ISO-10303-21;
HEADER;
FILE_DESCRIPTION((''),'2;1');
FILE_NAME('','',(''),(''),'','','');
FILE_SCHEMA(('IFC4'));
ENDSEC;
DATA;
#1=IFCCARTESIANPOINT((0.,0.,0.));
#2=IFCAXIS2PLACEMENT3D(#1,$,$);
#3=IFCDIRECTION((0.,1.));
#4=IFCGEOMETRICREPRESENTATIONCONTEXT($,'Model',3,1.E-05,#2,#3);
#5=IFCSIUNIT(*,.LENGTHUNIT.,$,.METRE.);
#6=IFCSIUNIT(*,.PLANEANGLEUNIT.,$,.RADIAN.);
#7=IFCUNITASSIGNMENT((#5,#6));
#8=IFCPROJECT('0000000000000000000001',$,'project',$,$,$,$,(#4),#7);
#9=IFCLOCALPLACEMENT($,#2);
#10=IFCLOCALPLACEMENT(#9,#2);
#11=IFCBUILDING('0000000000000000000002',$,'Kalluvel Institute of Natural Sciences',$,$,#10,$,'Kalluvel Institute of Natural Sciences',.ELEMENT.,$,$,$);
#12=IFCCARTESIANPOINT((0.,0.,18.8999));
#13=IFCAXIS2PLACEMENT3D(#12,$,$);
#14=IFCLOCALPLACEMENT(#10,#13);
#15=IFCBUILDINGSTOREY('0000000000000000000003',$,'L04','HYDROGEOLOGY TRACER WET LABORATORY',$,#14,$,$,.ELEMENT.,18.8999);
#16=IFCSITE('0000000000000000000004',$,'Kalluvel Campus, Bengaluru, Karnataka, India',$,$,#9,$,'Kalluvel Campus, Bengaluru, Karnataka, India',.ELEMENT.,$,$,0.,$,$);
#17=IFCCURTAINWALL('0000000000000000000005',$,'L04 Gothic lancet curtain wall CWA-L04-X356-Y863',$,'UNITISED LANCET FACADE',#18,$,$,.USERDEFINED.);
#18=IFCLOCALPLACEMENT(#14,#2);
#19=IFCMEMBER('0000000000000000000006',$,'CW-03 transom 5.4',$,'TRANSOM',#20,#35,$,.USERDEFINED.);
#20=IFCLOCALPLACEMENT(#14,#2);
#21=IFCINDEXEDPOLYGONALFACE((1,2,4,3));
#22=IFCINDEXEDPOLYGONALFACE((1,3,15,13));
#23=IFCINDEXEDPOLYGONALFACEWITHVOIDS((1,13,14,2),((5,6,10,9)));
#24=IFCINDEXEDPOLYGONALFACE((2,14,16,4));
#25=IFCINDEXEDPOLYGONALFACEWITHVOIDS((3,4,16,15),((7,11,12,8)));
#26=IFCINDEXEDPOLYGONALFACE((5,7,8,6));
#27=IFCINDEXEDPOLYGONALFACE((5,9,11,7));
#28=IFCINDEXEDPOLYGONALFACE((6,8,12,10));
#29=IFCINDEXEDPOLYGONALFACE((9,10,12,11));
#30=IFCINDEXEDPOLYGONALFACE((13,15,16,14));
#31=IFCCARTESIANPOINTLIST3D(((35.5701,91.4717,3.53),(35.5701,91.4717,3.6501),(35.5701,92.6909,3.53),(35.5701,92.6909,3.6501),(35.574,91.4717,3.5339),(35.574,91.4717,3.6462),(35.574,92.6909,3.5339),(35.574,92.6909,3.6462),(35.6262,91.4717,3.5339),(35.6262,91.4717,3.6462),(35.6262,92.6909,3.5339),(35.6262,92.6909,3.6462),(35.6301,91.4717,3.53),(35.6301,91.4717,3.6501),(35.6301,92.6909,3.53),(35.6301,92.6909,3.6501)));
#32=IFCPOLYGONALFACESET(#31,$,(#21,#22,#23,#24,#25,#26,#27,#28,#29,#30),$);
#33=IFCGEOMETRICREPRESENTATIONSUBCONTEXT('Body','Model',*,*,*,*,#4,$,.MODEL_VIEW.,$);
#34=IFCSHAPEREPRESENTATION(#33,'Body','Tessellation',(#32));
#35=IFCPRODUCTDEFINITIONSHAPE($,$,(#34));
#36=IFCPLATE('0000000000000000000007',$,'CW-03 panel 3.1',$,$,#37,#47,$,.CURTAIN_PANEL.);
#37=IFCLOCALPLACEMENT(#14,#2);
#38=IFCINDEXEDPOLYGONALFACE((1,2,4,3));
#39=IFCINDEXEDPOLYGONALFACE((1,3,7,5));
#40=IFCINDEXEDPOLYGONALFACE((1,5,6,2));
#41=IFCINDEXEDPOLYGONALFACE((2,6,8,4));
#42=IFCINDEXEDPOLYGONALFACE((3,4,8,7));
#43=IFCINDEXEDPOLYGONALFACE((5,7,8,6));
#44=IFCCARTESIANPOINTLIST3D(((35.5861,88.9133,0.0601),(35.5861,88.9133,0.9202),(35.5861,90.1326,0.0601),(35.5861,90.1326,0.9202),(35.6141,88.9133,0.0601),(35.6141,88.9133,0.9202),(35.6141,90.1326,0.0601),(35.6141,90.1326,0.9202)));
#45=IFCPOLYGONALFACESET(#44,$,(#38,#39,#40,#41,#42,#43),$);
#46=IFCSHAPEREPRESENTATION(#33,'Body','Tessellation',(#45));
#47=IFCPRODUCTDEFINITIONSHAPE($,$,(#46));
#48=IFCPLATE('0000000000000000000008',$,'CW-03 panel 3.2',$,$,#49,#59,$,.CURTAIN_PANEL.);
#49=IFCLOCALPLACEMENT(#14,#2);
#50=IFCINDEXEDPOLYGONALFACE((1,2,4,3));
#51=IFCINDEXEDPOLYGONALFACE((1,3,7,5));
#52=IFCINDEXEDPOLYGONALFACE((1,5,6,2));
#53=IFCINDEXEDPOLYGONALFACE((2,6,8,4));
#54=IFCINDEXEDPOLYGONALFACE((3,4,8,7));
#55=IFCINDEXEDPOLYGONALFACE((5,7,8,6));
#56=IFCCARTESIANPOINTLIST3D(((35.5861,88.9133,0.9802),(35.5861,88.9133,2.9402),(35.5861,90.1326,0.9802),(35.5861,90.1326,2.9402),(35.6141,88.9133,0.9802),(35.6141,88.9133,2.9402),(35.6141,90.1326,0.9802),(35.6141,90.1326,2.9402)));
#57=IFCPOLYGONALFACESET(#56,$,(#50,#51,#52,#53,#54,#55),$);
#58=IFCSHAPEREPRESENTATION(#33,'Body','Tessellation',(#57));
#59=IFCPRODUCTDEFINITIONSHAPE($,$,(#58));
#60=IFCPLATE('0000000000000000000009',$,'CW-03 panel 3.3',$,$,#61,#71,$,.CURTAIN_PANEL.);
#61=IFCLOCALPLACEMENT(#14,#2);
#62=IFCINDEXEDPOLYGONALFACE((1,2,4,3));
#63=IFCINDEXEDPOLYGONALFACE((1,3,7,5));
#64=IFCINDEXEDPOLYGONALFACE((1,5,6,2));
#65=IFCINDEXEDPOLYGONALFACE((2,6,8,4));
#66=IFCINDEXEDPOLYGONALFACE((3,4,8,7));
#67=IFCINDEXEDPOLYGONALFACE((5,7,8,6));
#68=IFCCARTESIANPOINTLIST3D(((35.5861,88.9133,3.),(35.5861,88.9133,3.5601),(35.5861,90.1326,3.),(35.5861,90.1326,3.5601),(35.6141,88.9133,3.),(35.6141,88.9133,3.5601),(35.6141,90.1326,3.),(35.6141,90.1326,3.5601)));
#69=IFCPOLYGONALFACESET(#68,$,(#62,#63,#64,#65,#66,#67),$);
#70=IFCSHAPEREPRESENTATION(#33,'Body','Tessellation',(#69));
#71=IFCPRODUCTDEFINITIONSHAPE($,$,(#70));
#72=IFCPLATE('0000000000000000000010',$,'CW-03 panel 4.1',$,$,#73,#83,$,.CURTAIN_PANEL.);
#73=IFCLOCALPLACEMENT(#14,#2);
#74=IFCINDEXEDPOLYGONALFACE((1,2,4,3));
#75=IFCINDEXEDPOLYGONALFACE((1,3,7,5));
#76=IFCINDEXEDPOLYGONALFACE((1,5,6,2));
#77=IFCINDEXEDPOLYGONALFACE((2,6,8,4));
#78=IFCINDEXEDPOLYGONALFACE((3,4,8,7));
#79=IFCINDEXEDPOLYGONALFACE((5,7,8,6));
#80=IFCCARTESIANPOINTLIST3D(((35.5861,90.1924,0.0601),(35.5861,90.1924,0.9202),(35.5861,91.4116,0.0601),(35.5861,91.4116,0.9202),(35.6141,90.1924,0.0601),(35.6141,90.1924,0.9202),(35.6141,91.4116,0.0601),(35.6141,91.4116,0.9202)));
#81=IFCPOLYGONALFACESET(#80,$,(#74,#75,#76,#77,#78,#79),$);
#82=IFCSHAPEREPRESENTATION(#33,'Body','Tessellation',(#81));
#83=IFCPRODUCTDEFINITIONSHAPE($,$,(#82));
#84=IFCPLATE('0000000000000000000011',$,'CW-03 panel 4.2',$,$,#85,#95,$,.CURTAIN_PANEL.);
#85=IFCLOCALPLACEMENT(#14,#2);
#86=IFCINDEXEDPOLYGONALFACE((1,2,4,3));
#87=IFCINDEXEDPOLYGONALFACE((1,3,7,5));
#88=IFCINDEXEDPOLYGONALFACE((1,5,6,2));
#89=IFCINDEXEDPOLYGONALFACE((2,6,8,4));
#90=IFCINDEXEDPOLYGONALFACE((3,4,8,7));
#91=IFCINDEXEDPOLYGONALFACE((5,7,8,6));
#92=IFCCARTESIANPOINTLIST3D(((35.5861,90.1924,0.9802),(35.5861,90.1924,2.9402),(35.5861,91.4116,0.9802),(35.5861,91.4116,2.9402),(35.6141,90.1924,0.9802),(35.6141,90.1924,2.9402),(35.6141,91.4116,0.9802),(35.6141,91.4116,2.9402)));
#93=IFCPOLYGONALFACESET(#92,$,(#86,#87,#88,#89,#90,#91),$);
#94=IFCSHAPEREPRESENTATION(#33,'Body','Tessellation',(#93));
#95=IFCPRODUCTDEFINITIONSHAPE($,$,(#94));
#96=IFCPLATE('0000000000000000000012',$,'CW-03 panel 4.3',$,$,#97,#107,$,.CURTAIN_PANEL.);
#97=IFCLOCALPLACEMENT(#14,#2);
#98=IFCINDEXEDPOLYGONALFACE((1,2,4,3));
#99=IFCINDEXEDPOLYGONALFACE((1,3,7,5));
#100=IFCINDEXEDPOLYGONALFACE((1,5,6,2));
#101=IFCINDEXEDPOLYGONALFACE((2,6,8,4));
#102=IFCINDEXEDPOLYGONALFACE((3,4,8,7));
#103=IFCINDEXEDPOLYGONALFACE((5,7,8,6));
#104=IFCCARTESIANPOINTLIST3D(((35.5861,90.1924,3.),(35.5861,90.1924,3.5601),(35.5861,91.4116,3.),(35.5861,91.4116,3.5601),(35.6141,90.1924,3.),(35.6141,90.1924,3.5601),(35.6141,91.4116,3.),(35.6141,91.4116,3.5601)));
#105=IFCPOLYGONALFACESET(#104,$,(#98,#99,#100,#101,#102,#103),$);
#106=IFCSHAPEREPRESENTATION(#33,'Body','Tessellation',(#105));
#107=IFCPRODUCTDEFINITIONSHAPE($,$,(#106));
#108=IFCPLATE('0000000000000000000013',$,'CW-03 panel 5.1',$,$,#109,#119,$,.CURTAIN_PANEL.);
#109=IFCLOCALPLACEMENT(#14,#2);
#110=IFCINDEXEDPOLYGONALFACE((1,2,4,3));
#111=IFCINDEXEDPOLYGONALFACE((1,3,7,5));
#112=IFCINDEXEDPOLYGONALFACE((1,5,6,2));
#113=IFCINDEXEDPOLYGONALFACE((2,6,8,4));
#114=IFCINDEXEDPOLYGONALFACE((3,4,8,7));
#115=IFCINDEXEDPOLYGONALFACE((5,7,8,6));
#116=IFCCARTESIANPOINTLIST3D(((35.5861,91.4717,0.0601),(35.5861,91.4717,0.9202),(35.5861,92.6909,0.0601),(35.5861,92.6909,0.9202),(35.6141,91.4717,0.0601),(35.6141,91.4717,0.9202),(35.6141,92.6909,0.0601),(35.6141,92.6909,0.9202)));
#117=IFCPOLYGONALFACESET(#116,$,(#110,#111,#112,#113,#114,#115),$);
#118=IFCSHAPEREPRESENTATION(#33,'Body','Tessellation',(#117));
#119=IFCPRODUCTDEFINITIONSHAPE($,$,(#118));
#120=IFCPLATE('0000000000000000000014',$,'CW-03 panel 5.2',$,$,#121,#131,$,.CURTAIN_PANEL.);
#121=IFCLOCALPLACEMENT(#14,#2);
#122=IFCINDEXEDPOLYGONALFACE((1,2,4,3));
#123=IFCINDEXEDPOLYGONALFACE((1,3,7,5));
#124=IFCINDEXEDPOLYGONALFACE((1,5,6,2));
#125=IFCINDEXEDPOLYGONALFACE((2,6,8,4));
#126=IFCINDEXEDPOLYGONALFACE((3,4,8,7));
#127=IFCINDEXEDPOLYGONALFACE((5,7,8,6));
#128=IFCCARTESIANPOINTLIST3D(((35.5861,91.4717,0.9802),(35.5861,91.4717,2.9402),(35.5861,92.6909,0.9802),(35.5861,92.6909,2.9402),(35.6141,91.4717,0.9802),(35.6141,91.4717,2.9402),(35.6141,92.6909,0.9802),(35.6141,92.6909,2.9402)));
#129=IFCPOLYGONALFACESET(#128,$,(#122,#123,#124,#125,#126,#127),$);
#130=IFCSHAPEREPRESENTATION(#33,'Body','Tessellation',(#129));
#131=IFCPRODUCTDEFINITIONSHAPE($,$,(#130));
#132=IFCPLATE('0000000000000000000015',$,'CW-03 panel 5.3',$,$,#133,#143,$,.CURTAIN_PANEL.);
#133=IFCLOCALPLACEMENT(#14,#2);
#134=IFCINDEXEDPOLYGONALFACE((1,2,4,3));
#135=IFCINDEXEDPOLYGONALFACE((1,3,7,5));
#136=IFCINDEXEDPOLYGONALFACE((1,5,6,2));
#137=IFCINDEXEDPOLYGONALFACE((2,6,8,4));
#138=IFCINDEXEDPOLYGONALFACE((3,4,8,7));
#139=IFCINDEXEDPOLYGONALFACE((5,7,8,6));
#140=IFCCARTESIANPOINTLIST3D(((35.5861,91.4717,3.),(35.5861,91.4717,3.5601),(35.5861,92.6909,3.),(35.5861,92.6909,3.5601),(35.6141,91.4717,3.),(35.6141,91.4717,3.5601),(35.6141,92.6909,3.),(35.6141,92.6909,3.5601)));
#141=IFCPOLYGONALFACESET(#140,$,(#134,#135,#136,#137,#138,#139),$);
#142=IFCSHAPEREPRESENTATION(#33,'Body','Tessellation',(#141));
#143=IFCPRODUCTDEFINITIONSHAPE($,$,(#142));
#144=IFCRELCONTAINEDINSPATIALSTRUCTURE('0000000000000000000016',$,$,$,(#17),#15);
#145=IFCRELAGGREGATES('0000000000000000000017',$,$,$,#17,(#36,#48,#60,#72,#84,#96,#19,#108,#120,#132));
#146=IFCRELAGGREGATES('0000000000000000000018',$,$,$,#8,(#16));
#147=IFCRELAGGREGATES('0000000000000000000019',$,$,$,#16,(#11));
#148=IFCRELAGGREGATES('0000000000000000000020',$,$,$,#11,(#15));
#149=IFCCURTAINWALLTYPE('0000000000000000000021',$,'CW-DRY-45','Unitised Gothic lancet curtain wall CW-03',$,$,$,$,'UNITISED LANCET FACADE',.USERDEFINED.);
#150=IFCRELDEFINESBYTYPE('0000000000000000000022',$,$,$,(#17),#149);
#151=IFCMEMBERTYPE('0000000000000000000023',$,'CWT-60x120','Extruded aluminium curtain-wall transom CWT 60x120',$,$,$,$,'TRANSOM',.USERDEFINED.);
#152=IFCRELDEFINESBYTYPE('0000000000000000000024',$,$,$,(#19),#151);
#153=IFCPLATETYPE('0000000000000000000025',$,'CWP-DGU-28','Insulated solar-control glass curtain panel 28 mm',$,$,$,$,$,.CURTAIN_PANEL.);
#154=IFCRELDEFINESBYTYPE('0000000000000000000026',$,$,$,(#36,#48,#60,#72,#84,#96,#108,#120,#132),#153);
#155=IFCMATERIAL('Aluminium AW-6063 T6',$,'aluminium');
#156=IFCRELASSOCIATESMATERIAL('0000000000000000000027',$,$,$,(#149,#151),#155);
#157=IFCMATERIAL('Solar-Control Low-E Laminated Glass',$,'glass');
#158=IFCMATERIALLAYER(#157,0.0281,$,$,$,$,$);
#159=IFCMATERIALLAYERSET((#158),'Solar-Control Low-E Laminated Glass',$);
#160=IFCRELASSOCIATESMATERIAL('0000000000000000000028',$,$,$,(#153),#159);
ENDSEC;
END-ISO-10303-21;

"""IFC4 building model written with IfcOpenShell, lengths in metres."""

from ifc_helpers import new_model, si_unit, direction, frame, origin, origin_2d, place, context, subcontext, project, spatial, rectangle, hollow_rectangle, extrude, material, layer, layer_set, material_profile, profile_set, type_object, element, aggregate, save


model = new_model("IFC4")

# Units and contexts
model_context = context("Model", 3, precision=1e-05, world=origin(), true_north=direction((0.0, 1.0)))
body_context = subcontext(model_context, "Body", "Model", "MODEL_VIEW")
ifc_project = project(units=[si_unit("LENGTHUNIT", "METRE"), si_unit("PLANEANGLEUNIT", "RADIAN")], contexts=[model_context])

# Site, building, storey
site_placement = place(None, origin())
site = spatial("IfcSite", under=ifc_project, at=site_placement, Name="Kalluvel Campus, Bengaluru, Karnataka, India", LongName="Kalluvel Campus, Bengaluru, Karnataka, India", CompositionType="ELEMENT", RefElevation=0.0)
building_placement = place(site_placement, origin())
building = spatial("IfcBuilding", under=site, at=building_placement, Name="Kalluvel Institute of Natural Sciences", LongName="Kalluvel Institute of Natural Sciences", CompositionType="ELEMENT")
storey_placement = place(building_placement, frame((0.0, 0.0, 18.8999)))
storey = spatial("IfcBuildingStorey", under=building, at=storey_placement, Name="L04", Description="HYDROGEOLOGY TRACER WET LABORATORY", CompositionType="ELEMENT", Elevation=18.8999)

# Curtain wall, member, plates
ifc_material_1 = material(Name="Aluminium AW-6063 T6", Category="aluminium")
curtain_wall_type = type_object("IfcCurtainWallType", Name="CW-DRY-45", Description="Unitised Gothic lancet curtain wall CW-03", ElementType="UNITISED LANCET FACADE", PredefinedType="USERDEFINED", material=ifc_material_1)
curtain_wall_placement = place(storey_placement, origin())
curtain_wall = element("IfcCurtainWall", 1, at=curtain_wall_placement, inside=storey, type_object=curtain_wall_type, Name="L04 Gothic lancet curtain wall CWA-L04-X356-Y863", ObjectType="UNITISED LANCET FACADE", PredefinedType="USERDEFINED")
ifc_material_profile_1 = material_profile(ifc_material_1, hollow_rectangle(XDim=0.0601, YDim=0.1201, WallThickness=0.0039, at=origin_2d()), Name="CWT 60x120")
ifc_profile_set_1 = profile_set([ifc_material_profile_1], Name="Aluminium AW-6063 T6")
member_type_1 = type_object("IfcMemberType", Name="CWT-60x120", Description="Extruded aluminium curtain-wall transom CWT 60x120", ElementType="TRANSOM", PredefinedType="USERDEFINED", material=ifc_profile_set_1)
member_1_placement = place(storey_placement, frame((35.6001, 91.4717, 3.5901), z_axis=(0.0, 1.0, 0.0), x_axis=(-1.0, 0.0, 0.0)))
member_1 = element("IfcMember", 2, at=member_1_placement, type_object=member_type_1, Name="CW-03 transom 5.4", ObjectType="TRANSOM", PredefinedType="USERDEFINED", context=body_context, shape_type="SweptSolid", body=[
    extrude(hollow_rectangle(XDim=0.0601, YDim=0.1201, WallThickness=0.0039, at=origin_2d()), origin(), (0.0, 0.0, 1.0), 1.2192),
])
ifc_material_2 = material(Name="Solar-Control Low-E Laminated Glass", Category="glass")
ifc_layer = layer(ifc_material_2, 0.0281)
ifc_layer_set = layer_set([ifc_layer], Name="Solar-Control Low-E Laminated Glass")
plate_type = type_object("IfcPlateType", Name="CWP-DGU-28", Description="Insulated solar-control glass curtain panel 28 mm", PredefinedType="CURTAIN_PANEL", material=ifc_layer_set)
plate_1_placement = place(storey_placement, frame((35.6001, 89.5229, 0.0601), z_axis=(0.0, 0.0, 1.0), x_axis=(0.0, 1.0, 0.0)))
plate_1 = element("IfcPlate", 3, at=plate_1_placement, type_object=plate_type, Name="CW-03 panel 3.1", PredefinedType="CURTAIN_PANEL", context=body_context, shape_type="SweptSolid", body=[
    extrude(rectangle(XDim=1.2192, YDim=0.0281, at=origin_2d()), origin(), (0.0, 0.0, 1.0), 0.8601),
])
plate_2_placement = place(storey_placement, frame((35.6001, 89.5229, 0.9802), z_axis=(0.0, 0.0, 1.0), x_axis=(0.0, 1.0, 0.0)))
plate_2 = element("IfcPlate", 4, at=plate_2_placement, type_object=plate_type, Name="CW-03 panel 3.2", PredefinedType="CURTAIN_PANEL", context=body_context, shape_type="SweptSolid", body=[
    extrude(rectangle(XDim=1.2192, YDim=0.0281, at=origin_2d()), origin(), (0.0, 0.0, 1.0), 1.96),
])
plate_3_placement = place(storey_placement, frame((35.6001, 89.5229, 3.0), z_axis=(0.0, 0.0, 1.0), x_axis=(0.0, 1.0, 0.0)))
plate_3 = element("IfcPlate", 5, at=plate_3_placement, type_object=plate_type, Name="CW-03 panel 3.3", PredefinedType="CURTAIN_PANEL", context=body_context, shape_type="SweptSolid", body=[
    extrude(rectangle(XDim=1.2192, YDim=0.0281, at=origin_2d()), origin(), (0.0, 0.0, 1.0), 0.5601),
])
plate_4_placement = place(storey_placement, frame((35.6001, 90.802, 0.0601), z_axis=(0.0, 0.0, 1.0), x_axis=(0.0, 1.0, 0.0)))
plate_4 = element("IfcPlate", 6, at=plate_4_placement, type_object=plate_type, Name="CW-03 panel 4.1", PredefinedType="CURTAIN_PANEL", context=body_context, shape_type="SweptSolid", body=[
    extrude(rectangle(XDim=1.2192, YDim=0.0281, at=origin_2d()), origin(), (0.0, 0.0, 1.0), 0.8601),
])
plate_5_placement = place(storey_placement, frame((35.6001, 90.802, 0.9802), z_axis=(0.0, 0.0, 1.0), x_axis=(0.0, 1.0, 0.0)))
plate_5 = element("IfcPlate", 7, at=plate_5_placement, type_object=plate_type, Name="CW-03 panel 4.2", PredefinedType="CURTAIN_PANEL", context=body_context, shape_type="SweptSolid", body=[
    extrude(rectangle(XDim=1.2192, YDim=0.0281, at=origin_2d()), origin(), (0.0, 0.0, 1.0), 1.96),
])
plate_6_placement = place(storey_placement, frame((35.6001, 90.802, 3.0), z_axis=(0.0, 0.0, 1.0), x_axis=(0.0, 1.0, 0.0)))
plate_6 = element("IfcPlate", 8, at=plate_6_placement, type_object=plate_type, Name="CW-03 panel 4.3", PredefinedType="CURTAIN_PANEL", context=body_context, shape_type="SweptSolid", body=[
    extrude(rectangle(XDim=1.2192, YDim=0.0281, at=origin_2d()), origin(), (0.0, 0.0, 1.0), 0.5601),
])
plate_7_placement = place(storey_placement, frame((35.6001, 92.0813, 0.0601), z_axis=(0.0, 0.0, 1.0), x_axis=(0.0, 1.0, 0.0)))
plate_7 = element("IfcPlate", 9, at=plate_7_placement, type_object=plate_type, Name="CW-03 panel 5.1", PredefinedType="CURTAIN_PANEL", context=body_context, shape_type="SweptSolid", body=[
    extrude(rectangle(XDim=1.2192, YDim=0.0281, at=origin_2d()), origin(), (0.0, 0.0, 1.0), 0.8601),
])
plate_8_placement = place(storey_placement, frame((35.6001, 92.0813, 0.9802), z_axis=(0.0, 0.0, 1.0), x_axis=(0.0, 1.0, 0.0)))
plate_8 = element("IfcPlate", 10, at=plate_8_placement, type_object=plate_type, Name="CW-03 panel 5.2", PredefinedType="CURTAIN_PANEL", context=body_context, shape_type="SweptSolid", body=[
    extrude(rectangle(XDim=1.2192, YDim=0.0281, at=origin_2d()), origin(), (0.0, 0.0, 1.0), 1.96),
])
plate_9_placement = place(storey_placement, frame((35.6001, 92.0813, 3.0), z_axis=(0.0, 0.0, 1.0), x_axis=(0.0, 1.0, 0.0)))
plate_9 = element("IfcPlate", 11, at=plate_9_placement, type_object=plate_type, Name="CW-03 panel 5.3", PredefinedType="CURTAIN_PANEL", context=body_context, shape_type="SweptSolid", body=[
    extrude(rectangle(XDim=1.2192, YDim=0.0281, at=origin_2d()), origin(), (0.0, 0.0, 1.0), 0.5601),
])
aggregate(curtain_wall, [plate_1, plate_2, plate_3, plate_4, plate_5, plate_6, member_1, plate_7, plate_8, plate_9])

save(model, "model.ifc")
